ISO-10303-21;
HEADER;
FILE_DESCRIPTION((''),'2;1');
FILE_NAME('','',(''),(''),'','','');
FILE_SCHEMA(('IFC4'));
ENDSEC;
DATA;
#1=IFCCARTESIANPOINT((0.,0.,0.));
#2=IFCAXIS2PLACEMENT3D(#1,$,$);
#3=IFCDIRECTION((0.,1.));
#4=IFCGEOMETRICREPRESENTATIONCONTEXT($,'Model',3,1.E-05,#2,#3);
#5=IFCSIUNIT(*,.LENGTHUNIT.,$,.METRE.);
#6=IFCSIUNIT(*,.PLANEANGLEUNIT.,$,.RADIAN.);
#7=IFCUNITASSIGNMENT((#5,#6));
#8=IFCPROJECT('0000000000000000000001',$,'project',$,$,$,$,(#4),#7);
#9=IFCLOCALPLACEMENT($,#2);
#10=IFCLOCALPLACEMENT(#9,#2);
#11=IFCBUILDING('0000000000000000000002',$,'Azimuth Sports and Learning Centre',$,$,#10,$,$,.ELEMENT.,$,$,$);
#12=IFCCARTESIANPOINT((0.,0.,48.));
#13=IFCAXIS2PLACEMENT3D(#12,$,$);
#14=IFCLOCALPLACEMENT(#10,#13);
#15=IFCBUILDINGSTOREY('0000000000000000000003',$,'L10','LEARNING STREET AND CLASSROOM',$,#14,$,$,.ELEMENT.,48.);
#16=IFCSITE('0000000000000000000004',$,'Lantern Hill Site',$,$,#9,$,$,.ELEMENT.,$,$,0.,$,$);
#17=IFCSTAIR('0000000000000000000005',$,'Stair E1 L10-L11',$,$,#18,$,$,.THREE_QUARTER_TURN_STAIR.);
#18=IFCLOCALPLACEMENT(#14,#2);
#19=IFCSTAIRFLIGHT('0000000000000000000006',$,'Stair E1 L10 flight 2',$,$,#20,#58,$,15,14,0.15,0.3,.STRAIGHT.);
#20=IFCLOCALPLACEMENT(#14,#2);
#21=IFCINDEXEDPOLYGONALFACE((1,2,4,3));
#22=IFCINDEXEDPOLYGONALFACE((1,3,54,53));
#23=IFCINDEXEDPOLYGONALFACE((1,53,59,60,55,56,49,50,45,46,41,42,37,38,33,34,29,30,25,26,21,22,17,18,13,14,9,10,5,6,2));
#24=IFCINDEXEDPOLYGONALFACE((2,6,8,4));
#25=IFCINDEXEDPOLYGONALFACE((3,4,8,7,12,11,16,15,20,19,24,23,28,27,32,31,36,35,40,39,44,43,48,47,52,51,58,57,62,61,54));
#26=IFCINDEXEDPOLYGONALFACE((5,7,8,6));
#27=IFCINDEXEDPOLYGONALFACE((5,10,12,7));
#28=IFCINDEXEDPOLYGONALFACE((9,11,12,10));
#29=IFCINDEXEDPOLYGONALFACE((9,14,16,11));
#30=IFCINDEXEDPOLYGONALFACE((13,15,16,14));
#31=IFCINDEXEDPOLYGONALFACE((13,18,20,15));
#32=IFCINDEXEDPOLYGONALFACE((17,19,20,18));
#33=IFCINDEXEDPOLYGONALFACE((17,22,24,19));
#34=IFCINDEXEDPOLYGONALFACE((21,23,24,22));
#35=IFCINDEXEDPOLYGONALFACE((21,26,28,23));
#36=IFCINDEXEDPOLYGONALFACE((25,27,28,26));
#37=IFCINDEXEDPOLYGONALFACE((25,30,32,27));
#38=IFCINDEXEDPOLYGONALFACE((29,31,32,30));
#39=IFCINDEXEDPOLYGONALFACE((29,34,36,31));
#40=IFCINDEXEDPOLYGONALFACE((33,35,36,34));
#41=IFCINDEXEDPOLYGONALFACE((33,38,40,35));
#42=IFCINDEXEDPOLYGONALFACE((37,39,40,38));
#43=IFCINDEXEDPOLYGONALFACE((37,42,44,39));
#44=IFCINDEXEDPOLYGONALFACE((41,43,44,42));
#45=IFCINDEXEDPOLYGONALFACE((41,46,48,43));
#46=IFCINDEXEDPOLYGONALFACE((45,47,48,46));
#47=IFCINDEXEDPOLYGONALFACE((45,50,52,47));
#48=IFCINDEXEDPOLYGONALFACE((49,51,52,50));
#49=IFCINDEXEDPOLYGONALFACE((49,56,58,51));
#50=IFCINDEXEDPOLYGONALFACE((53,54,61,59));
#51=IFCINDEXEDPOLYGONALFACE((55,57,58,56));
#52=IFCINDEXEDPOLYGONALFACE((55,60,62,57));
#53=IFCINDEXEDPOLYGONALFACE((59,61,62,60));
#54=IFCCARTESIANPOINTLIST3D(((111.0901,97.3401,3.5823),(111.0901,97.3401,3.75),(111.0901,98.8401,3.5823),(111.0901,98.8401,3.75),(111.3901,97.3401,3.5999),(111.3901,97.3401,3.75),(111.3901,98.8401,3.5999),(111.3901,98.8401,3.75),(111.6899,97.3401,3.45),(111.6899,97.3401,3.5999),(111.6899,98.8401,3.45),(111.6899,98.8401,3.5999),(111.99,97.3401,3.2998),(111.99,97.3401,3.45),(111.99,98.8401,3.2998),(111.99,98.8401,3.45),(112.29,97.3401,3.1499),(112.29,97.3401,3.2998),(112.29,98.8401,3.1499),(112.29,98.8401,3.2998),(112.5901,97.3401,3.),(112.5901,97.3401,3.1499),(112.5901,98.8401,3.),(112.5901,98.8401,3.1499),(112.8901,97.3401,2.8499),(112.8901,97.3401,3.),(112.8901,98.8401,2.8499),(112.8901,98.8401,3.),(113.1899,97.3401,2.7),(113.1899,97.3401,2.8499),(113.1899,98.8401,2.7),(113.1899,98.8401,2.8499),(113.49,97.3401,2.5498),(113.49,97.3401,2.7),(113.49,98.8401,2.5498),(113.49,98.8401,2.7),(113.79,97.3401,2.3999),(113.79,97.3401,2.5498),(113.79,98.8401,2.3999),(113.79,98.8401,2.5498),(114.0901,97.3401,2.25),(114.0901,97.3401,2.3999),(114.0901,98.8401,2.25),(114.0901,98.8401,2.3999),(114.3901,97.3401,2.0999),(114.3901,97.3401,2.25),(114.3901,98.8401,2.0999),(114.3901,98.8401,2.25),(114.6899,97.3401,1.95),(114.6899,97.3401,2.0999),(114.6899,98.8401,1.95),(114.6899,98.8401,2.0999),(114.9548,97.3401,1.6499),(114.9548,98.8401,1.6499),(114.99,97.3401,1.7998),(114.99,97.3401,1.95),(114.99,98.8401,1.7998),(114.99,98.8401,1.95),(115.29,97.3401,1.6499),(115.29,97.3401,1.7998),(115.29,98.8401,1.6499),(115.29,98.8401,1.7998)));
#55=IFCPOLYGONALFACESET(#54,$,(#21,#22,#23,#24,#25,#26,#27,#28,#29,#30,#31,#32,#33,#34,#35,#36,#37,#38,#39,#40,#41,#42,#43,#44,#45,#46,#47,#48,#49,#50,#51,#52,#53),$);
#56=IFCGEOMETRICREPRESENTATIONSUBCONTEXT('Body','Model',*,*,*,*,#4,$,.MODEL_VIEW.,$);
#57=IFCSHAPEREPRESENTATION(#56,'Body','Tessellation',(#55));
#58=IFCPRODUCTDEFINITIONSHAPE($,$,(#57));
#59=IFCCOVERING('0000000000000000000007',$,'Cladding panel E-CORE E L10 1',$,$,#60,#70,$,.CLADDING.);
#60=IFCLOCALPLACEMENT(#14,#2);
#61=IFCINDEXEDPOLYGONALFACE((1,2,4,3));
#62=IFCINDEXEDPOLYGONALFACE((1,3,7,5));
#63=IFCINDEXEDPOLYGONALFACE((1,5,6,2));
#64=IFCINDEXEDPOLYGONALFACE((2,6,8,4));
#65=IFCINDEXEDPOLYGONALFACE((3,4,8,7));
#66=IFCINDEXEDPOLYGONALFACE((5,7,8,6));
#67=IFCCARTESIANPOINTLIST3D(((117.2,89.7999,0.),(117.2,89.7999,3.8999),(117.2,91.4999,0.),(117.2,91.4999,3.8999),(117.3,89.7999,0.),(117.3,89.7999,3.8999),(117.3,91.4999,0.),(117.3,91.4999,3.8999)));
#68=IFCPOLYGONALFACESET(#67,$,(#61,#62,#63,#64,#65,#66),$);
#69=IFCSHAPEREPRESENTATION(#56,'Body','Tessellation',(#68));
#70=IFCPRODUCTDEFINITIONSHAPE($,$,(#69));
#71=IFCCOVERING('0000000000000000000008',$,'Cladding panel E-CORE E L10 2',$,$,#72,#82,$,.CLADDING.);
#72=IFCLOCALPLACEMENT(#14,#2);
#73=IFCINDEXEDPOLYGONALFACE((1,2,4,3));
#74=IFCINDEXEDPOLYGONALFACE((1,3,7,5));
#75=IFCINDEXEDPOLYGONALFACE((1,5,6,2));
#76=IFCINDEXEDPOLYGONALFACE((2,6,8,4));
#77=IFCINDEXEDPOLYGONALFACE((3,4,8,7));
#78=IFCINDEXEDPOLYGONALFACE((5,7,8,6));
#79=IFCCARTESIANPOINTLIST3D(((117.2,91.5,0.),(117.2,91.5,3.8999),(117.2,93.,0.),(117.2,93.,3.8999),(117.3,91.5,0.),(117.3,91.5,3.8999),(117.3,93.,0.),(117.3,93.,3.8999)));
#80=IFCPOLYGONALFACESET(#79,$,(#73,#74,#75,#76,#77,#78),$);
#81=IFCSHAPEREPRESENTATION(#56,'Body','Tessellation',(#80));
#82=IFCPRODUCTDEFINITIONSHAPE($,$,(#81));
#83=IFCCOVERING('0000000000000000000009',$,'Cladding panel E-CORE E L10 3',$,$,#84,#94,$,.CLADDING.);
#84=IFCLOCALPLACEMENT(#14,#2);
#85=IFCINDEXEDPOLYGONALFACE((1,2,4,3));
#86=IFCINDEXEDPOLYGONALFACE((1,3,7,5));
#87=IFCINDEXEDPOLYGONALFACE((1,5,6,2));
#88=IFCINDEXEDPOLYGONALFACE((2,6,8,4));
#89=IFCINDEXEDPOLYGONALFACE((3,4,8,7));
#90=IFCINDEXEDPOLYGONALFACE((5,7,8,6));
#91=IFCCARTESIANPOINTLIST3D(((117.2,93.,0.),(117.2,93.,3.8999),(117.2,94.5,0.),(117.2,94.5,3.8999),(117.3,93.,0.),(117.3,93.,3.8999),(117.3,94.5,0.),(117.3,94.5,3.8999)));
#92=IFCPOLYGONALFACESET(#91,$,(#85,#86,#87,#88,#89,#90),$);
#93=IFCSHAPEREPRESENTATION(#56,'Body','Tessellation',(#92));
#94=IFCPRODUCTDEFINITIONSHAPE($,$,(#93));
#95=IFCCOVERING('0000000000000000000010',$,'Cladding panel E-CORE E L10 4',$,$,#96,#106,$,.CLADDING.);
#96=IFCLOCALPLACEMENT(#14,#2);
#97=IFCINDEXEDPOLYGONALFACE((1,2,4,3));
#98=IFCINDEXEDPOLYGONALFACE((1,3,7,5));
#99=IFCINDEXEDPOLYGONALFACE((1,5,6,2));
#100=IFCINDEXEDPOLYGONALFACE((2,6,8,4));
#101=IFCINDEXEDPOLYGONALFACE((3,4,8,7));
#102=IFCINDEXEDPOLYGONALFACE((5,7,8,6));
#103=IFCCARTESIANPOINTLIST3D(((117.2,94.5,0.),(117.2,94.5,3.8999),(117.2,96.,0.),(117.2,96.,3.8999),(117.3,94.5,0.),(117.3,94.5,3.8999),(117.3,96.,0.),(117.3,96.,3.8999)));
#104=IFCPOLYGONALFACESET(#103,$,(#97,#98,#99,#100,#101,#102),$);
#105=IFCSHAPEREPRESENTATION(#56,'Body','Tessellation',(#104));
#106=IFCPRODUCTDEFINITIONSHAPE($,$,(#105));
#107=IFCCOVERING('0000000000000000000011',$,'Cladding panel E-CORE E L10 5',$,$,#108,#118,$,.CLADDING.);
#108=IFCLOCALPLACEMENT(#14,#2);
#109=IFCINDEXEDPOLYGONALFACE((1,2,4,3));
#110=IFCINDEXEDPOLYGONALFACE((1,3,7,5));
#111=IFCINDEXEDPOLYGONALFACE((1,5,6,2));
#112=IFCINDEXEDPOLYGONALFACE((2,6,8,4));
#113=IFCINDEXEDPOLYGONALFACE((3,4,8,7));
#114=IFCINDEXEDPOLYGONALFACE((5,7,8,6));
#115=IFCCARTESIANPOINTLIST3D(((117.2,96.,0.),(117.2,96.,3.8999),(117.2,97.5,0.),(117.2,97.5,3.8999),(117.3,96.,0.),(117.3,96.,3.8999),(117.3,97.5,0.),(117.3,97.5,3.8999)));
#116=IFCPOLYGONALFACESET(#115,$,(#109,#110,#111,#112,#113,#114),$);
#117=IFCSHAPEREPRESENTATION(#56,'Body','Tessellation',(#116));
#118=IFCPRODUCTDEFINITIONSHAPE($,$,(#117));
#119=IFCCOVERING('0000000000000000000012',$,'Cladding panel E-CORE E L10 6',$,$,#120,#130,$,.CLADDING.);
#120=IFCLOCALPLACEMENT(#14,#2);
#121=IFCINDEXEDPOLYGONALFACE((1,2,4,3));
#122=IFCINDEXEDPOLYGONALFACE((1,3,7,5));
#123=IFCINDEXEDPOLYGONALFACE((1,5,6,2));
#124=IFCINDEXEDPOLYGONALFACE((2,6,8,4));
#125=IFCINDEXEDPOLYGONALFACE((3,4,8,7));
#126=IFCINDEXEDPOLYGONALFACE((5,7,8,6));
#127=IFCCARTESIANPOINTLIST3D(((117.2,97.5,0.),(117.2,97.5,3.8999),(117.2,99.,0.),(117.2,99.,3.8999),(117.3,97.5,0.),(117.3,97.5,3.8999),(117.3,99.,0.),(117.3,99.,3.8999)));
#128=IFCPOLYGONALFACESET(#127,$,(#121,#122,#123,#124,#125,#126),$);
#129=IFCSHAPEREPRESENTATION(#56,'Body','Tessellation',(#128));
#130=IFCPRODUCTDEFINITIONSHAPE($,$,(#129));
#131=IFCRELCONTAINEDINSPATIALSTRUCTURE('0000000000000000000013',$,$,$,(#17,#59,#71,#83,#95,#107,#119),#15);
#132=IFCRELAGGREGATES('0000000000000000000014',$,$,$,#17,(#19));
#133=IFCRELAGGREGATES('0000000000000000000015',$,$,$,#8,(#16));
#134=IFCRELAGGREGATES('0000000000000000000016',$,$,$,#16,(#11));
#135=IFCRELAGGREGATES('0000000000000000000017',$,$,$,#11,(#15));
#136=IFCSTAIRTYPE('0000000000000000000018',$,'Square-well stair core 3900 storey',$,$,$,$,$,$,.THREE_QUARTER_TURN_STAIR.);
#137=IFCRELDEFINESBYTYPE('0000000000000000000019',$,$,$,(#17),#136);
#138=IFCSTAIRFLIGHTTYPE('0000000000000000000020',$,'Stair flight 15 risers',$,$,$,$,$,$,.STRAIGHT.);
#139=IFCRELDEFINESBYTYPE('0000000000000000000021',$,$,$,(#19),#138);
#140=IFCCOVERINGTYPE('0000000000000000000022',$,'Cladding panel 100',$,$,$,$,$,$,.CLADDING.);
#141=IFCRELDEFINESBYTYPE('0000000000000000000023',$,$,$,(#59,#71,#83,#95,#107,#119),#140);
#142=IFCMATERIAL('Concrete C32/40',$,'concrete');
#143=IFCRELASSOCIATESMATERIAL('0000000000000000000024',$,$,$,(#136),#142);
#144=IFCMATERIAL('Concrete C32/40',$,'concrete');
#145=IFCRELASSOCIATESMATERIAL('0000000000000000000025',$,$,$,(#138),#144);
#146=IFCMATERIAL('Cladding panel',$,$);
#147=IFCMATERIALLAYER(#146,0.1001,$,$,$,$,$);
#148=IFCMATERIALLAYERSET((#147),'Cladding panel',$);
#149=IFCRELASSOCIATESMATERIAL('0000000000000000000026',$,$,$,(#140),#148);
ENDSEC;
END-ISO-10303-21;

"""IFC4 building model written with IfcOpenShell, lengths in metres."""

from ifc_helpers import new_model, si_unit, direction, frame, origin, origin_2d, place, context, subcontext, project, spatial, polyline, rectangle, outline, extrude, material, layer, layer_set, type_object, element, aggregate, save


model = new_model("IFC4")

# Units and contexts
model_context = context("Model", 3, precision=1e-05, world=origin(), true_north=direction((0.0, 1.0)))
body_context = subcontext(model_context, "Body", "Model", "MODEL_VIEW")
ifc_project = project(units=[si_unit("LENGTHUNIT", "METRE"), si_unit("PLANEANGLEUNIT", "RADIAN")], contexts=[model_context])

# Site, building, storey
site_placement = place(None, origin())
site = spatial("IfcSite", under=ifc_project, at=site_placement, Name="Lantern Hill Site", CompositionType="ELEMENT", RefElevation=0.0)
building_placement = place(site_placement, origin())
building = spatial("IfcBuilding", under=site, at=building_placement, Name="Azimuth Sports and Learning Centre", CompositionType="ELEMENT")
storey_placement = place(building_placement, frame((0.0, 0.0, 48.0)))
storey = spatial("IfcBuildingStorey", under=building, at=storey_placement, Name="L10", Description="LEARNING STREET AND CLASSROOM", CompositionType="ELEMENT", Elevation=48.0)

# Stair, stair flight
ifc_material_1 = material(Name="Concrete C32/40", Category="concrete")
stair_type = type_object("IfcStairType", Name="Square-well stair core 3900 storey", PredefinedType="THREE_QUARTER_TURN_STAIR", material=ifc_material_1)
stair_placement = place(storey_placement, origin())
stair = element("IfcStair", 1, at=stair_placement, inside=storey, type_object=stair_type, Name="Stair E1 L10-L11", PredefinedType="THREE_QUARTER_TURN_STAIR")
ifc_material_2 = material(Name="Concrete C32/40", Category="concrete")
stair_flight_type_1 = type_object("IfcStairFlightType", Name="Stair flight 15 risers", PredefinedType="STRAIGHT", material=ifc_material_2)
stair_flight_1_placement = place(storey_placement, frame((115.29, 98.0901, 1.6499), z_axis=(0.0, 0.0, 1.0), x_axis=(-1.0, 0.0, 0.0)))
stair_flight_1 = element("IfcStairFlight", 2, at=stair_flight_1_placement, type_object=stair_flight_type_1, Name="Stair E1 L10 flight 2", NumberOfRisers=15, NumberOfTreads=14, PredefinedType="STRAIGHT", RiserHeight=0.15, TreadLength=0.3, context=body_context, shape_type="SweptSolid", body=[
    extrude(outline(polyline([(0.0, 0.0), (0.0, 0.1499), (0.3, 0.1499), (0.3, 0.3), (0.6001, 0.3), (0.6001, 0.45), (0.8999, 0.45), (0.8999, 0.6001), (1.2, 0.6001), (1.2, 0.75), (1.5, 0.75), (1.5, 0.8999), (1.8, 0.8999), (1.8, 1.05), (2.1001, 1.05), (2.1001, 1.2), (2.3999, 1.2), (2.3999, 1.3501), (2.7, 1.3501), (2.7, 1.5), (3.0, 1.5), (3.0, 1.6499), (3.3, 1.6499), (3.3, 1.8), (3.6001, 1.8), (3.6001, 1.95), (3.8999, 1.95), (3.8999, 2.1001), (4.2, 2.1001), (4.2, 2.25), (4.2, 1.9324), (0.3352, 0.0), (0.0, 0.0)])), frame((0.0, 0.75, 0.0), z_axis=(0.0, -1.0, 0.0), x_axis=(1.0, 0.0, 0.0)), (0.0, 0.0, 1.0), 1.5),
])
aggregate(stair, [stair_flight_1])

# Coverings
ifc_material_3 = material(Name="Cladding panel")
ifc_layer_1 = layer(ifc_material_3, 0.1001)
ifc_layer_set_1 = layer_set([ifc_layer_1], Name="Cladding panel")
covering_type = type_object("IfcCoveringType", Name="Cladding panel 100", PredefinedType="CLADDING", material=ifc_layer_set_1)
covering_placement = place(storey_placement, frame((117.25, 90.6499, 0.0), z_axis=(0.0, 0.0, 1.0), x_axis=(0.0, 1.0, 0.0)))
element("IfcCovering", 3, at=covering_placement, inside=storey, type_object=covering_type, Name="Cladding panel E-CORE E L10 1", PredefinedType="CLADDING", context=body_context, shape_type="SweptSolid", body=[
    extrude(rectangle(XDim=1.7, YDim=0.1001, at=origin_2d()), origin(), (0.0, 0.0, 1.0), 3.8999),
])
for number, where, z_axis, x_axis, name in (
    (4, (117.25, 92.25, 0.0), (0.0, 0.0, 1.0), (0.0, 1.0, 0.0), "Cladding panel E-CORE E L10 2"),
    (5, (117.25, 93.75, 0.0), (0.0, 0.0, 1.0), (0.0, 1.0, 0.0), "Cladding panel E-CORE E L10 3"),
    (6, (117.25, 95.25, 0.0), (0.0, 0.0, 1.0), (0.0, 1.0, 0.0), "Cladding panel E-CORE E L10 4"),
    (7, (117.25, 96.75, 0.0), (0.0, 0.0, 1.0), (0.0, 1.0, 0.0), "Cladding panel E-CORE E L10 5"),
    (8, (117.25, 98.25, 0.0), (0.0, 0.0, 1.0), (0.0, 1.0, 0.0), "Cladding panel E-CORE E L10 6"),
):
    element("IfcCovering", number, at=place(storey_placement, frame(where, z_axis=z_axis, x_axis=x_axis)), inside=storey, type_object=covering_type, Name=name, PredefinedType="CLADDING", context=body_context, shape_type="SweptSolid", body=[
        extrude(rectangle(XDim=1.5, YDim=0.1001, at=origin_2d()), origin(), (0.0, 0.0, 1.0), 3.8999),
    ])

save(model, "model.ifc")
